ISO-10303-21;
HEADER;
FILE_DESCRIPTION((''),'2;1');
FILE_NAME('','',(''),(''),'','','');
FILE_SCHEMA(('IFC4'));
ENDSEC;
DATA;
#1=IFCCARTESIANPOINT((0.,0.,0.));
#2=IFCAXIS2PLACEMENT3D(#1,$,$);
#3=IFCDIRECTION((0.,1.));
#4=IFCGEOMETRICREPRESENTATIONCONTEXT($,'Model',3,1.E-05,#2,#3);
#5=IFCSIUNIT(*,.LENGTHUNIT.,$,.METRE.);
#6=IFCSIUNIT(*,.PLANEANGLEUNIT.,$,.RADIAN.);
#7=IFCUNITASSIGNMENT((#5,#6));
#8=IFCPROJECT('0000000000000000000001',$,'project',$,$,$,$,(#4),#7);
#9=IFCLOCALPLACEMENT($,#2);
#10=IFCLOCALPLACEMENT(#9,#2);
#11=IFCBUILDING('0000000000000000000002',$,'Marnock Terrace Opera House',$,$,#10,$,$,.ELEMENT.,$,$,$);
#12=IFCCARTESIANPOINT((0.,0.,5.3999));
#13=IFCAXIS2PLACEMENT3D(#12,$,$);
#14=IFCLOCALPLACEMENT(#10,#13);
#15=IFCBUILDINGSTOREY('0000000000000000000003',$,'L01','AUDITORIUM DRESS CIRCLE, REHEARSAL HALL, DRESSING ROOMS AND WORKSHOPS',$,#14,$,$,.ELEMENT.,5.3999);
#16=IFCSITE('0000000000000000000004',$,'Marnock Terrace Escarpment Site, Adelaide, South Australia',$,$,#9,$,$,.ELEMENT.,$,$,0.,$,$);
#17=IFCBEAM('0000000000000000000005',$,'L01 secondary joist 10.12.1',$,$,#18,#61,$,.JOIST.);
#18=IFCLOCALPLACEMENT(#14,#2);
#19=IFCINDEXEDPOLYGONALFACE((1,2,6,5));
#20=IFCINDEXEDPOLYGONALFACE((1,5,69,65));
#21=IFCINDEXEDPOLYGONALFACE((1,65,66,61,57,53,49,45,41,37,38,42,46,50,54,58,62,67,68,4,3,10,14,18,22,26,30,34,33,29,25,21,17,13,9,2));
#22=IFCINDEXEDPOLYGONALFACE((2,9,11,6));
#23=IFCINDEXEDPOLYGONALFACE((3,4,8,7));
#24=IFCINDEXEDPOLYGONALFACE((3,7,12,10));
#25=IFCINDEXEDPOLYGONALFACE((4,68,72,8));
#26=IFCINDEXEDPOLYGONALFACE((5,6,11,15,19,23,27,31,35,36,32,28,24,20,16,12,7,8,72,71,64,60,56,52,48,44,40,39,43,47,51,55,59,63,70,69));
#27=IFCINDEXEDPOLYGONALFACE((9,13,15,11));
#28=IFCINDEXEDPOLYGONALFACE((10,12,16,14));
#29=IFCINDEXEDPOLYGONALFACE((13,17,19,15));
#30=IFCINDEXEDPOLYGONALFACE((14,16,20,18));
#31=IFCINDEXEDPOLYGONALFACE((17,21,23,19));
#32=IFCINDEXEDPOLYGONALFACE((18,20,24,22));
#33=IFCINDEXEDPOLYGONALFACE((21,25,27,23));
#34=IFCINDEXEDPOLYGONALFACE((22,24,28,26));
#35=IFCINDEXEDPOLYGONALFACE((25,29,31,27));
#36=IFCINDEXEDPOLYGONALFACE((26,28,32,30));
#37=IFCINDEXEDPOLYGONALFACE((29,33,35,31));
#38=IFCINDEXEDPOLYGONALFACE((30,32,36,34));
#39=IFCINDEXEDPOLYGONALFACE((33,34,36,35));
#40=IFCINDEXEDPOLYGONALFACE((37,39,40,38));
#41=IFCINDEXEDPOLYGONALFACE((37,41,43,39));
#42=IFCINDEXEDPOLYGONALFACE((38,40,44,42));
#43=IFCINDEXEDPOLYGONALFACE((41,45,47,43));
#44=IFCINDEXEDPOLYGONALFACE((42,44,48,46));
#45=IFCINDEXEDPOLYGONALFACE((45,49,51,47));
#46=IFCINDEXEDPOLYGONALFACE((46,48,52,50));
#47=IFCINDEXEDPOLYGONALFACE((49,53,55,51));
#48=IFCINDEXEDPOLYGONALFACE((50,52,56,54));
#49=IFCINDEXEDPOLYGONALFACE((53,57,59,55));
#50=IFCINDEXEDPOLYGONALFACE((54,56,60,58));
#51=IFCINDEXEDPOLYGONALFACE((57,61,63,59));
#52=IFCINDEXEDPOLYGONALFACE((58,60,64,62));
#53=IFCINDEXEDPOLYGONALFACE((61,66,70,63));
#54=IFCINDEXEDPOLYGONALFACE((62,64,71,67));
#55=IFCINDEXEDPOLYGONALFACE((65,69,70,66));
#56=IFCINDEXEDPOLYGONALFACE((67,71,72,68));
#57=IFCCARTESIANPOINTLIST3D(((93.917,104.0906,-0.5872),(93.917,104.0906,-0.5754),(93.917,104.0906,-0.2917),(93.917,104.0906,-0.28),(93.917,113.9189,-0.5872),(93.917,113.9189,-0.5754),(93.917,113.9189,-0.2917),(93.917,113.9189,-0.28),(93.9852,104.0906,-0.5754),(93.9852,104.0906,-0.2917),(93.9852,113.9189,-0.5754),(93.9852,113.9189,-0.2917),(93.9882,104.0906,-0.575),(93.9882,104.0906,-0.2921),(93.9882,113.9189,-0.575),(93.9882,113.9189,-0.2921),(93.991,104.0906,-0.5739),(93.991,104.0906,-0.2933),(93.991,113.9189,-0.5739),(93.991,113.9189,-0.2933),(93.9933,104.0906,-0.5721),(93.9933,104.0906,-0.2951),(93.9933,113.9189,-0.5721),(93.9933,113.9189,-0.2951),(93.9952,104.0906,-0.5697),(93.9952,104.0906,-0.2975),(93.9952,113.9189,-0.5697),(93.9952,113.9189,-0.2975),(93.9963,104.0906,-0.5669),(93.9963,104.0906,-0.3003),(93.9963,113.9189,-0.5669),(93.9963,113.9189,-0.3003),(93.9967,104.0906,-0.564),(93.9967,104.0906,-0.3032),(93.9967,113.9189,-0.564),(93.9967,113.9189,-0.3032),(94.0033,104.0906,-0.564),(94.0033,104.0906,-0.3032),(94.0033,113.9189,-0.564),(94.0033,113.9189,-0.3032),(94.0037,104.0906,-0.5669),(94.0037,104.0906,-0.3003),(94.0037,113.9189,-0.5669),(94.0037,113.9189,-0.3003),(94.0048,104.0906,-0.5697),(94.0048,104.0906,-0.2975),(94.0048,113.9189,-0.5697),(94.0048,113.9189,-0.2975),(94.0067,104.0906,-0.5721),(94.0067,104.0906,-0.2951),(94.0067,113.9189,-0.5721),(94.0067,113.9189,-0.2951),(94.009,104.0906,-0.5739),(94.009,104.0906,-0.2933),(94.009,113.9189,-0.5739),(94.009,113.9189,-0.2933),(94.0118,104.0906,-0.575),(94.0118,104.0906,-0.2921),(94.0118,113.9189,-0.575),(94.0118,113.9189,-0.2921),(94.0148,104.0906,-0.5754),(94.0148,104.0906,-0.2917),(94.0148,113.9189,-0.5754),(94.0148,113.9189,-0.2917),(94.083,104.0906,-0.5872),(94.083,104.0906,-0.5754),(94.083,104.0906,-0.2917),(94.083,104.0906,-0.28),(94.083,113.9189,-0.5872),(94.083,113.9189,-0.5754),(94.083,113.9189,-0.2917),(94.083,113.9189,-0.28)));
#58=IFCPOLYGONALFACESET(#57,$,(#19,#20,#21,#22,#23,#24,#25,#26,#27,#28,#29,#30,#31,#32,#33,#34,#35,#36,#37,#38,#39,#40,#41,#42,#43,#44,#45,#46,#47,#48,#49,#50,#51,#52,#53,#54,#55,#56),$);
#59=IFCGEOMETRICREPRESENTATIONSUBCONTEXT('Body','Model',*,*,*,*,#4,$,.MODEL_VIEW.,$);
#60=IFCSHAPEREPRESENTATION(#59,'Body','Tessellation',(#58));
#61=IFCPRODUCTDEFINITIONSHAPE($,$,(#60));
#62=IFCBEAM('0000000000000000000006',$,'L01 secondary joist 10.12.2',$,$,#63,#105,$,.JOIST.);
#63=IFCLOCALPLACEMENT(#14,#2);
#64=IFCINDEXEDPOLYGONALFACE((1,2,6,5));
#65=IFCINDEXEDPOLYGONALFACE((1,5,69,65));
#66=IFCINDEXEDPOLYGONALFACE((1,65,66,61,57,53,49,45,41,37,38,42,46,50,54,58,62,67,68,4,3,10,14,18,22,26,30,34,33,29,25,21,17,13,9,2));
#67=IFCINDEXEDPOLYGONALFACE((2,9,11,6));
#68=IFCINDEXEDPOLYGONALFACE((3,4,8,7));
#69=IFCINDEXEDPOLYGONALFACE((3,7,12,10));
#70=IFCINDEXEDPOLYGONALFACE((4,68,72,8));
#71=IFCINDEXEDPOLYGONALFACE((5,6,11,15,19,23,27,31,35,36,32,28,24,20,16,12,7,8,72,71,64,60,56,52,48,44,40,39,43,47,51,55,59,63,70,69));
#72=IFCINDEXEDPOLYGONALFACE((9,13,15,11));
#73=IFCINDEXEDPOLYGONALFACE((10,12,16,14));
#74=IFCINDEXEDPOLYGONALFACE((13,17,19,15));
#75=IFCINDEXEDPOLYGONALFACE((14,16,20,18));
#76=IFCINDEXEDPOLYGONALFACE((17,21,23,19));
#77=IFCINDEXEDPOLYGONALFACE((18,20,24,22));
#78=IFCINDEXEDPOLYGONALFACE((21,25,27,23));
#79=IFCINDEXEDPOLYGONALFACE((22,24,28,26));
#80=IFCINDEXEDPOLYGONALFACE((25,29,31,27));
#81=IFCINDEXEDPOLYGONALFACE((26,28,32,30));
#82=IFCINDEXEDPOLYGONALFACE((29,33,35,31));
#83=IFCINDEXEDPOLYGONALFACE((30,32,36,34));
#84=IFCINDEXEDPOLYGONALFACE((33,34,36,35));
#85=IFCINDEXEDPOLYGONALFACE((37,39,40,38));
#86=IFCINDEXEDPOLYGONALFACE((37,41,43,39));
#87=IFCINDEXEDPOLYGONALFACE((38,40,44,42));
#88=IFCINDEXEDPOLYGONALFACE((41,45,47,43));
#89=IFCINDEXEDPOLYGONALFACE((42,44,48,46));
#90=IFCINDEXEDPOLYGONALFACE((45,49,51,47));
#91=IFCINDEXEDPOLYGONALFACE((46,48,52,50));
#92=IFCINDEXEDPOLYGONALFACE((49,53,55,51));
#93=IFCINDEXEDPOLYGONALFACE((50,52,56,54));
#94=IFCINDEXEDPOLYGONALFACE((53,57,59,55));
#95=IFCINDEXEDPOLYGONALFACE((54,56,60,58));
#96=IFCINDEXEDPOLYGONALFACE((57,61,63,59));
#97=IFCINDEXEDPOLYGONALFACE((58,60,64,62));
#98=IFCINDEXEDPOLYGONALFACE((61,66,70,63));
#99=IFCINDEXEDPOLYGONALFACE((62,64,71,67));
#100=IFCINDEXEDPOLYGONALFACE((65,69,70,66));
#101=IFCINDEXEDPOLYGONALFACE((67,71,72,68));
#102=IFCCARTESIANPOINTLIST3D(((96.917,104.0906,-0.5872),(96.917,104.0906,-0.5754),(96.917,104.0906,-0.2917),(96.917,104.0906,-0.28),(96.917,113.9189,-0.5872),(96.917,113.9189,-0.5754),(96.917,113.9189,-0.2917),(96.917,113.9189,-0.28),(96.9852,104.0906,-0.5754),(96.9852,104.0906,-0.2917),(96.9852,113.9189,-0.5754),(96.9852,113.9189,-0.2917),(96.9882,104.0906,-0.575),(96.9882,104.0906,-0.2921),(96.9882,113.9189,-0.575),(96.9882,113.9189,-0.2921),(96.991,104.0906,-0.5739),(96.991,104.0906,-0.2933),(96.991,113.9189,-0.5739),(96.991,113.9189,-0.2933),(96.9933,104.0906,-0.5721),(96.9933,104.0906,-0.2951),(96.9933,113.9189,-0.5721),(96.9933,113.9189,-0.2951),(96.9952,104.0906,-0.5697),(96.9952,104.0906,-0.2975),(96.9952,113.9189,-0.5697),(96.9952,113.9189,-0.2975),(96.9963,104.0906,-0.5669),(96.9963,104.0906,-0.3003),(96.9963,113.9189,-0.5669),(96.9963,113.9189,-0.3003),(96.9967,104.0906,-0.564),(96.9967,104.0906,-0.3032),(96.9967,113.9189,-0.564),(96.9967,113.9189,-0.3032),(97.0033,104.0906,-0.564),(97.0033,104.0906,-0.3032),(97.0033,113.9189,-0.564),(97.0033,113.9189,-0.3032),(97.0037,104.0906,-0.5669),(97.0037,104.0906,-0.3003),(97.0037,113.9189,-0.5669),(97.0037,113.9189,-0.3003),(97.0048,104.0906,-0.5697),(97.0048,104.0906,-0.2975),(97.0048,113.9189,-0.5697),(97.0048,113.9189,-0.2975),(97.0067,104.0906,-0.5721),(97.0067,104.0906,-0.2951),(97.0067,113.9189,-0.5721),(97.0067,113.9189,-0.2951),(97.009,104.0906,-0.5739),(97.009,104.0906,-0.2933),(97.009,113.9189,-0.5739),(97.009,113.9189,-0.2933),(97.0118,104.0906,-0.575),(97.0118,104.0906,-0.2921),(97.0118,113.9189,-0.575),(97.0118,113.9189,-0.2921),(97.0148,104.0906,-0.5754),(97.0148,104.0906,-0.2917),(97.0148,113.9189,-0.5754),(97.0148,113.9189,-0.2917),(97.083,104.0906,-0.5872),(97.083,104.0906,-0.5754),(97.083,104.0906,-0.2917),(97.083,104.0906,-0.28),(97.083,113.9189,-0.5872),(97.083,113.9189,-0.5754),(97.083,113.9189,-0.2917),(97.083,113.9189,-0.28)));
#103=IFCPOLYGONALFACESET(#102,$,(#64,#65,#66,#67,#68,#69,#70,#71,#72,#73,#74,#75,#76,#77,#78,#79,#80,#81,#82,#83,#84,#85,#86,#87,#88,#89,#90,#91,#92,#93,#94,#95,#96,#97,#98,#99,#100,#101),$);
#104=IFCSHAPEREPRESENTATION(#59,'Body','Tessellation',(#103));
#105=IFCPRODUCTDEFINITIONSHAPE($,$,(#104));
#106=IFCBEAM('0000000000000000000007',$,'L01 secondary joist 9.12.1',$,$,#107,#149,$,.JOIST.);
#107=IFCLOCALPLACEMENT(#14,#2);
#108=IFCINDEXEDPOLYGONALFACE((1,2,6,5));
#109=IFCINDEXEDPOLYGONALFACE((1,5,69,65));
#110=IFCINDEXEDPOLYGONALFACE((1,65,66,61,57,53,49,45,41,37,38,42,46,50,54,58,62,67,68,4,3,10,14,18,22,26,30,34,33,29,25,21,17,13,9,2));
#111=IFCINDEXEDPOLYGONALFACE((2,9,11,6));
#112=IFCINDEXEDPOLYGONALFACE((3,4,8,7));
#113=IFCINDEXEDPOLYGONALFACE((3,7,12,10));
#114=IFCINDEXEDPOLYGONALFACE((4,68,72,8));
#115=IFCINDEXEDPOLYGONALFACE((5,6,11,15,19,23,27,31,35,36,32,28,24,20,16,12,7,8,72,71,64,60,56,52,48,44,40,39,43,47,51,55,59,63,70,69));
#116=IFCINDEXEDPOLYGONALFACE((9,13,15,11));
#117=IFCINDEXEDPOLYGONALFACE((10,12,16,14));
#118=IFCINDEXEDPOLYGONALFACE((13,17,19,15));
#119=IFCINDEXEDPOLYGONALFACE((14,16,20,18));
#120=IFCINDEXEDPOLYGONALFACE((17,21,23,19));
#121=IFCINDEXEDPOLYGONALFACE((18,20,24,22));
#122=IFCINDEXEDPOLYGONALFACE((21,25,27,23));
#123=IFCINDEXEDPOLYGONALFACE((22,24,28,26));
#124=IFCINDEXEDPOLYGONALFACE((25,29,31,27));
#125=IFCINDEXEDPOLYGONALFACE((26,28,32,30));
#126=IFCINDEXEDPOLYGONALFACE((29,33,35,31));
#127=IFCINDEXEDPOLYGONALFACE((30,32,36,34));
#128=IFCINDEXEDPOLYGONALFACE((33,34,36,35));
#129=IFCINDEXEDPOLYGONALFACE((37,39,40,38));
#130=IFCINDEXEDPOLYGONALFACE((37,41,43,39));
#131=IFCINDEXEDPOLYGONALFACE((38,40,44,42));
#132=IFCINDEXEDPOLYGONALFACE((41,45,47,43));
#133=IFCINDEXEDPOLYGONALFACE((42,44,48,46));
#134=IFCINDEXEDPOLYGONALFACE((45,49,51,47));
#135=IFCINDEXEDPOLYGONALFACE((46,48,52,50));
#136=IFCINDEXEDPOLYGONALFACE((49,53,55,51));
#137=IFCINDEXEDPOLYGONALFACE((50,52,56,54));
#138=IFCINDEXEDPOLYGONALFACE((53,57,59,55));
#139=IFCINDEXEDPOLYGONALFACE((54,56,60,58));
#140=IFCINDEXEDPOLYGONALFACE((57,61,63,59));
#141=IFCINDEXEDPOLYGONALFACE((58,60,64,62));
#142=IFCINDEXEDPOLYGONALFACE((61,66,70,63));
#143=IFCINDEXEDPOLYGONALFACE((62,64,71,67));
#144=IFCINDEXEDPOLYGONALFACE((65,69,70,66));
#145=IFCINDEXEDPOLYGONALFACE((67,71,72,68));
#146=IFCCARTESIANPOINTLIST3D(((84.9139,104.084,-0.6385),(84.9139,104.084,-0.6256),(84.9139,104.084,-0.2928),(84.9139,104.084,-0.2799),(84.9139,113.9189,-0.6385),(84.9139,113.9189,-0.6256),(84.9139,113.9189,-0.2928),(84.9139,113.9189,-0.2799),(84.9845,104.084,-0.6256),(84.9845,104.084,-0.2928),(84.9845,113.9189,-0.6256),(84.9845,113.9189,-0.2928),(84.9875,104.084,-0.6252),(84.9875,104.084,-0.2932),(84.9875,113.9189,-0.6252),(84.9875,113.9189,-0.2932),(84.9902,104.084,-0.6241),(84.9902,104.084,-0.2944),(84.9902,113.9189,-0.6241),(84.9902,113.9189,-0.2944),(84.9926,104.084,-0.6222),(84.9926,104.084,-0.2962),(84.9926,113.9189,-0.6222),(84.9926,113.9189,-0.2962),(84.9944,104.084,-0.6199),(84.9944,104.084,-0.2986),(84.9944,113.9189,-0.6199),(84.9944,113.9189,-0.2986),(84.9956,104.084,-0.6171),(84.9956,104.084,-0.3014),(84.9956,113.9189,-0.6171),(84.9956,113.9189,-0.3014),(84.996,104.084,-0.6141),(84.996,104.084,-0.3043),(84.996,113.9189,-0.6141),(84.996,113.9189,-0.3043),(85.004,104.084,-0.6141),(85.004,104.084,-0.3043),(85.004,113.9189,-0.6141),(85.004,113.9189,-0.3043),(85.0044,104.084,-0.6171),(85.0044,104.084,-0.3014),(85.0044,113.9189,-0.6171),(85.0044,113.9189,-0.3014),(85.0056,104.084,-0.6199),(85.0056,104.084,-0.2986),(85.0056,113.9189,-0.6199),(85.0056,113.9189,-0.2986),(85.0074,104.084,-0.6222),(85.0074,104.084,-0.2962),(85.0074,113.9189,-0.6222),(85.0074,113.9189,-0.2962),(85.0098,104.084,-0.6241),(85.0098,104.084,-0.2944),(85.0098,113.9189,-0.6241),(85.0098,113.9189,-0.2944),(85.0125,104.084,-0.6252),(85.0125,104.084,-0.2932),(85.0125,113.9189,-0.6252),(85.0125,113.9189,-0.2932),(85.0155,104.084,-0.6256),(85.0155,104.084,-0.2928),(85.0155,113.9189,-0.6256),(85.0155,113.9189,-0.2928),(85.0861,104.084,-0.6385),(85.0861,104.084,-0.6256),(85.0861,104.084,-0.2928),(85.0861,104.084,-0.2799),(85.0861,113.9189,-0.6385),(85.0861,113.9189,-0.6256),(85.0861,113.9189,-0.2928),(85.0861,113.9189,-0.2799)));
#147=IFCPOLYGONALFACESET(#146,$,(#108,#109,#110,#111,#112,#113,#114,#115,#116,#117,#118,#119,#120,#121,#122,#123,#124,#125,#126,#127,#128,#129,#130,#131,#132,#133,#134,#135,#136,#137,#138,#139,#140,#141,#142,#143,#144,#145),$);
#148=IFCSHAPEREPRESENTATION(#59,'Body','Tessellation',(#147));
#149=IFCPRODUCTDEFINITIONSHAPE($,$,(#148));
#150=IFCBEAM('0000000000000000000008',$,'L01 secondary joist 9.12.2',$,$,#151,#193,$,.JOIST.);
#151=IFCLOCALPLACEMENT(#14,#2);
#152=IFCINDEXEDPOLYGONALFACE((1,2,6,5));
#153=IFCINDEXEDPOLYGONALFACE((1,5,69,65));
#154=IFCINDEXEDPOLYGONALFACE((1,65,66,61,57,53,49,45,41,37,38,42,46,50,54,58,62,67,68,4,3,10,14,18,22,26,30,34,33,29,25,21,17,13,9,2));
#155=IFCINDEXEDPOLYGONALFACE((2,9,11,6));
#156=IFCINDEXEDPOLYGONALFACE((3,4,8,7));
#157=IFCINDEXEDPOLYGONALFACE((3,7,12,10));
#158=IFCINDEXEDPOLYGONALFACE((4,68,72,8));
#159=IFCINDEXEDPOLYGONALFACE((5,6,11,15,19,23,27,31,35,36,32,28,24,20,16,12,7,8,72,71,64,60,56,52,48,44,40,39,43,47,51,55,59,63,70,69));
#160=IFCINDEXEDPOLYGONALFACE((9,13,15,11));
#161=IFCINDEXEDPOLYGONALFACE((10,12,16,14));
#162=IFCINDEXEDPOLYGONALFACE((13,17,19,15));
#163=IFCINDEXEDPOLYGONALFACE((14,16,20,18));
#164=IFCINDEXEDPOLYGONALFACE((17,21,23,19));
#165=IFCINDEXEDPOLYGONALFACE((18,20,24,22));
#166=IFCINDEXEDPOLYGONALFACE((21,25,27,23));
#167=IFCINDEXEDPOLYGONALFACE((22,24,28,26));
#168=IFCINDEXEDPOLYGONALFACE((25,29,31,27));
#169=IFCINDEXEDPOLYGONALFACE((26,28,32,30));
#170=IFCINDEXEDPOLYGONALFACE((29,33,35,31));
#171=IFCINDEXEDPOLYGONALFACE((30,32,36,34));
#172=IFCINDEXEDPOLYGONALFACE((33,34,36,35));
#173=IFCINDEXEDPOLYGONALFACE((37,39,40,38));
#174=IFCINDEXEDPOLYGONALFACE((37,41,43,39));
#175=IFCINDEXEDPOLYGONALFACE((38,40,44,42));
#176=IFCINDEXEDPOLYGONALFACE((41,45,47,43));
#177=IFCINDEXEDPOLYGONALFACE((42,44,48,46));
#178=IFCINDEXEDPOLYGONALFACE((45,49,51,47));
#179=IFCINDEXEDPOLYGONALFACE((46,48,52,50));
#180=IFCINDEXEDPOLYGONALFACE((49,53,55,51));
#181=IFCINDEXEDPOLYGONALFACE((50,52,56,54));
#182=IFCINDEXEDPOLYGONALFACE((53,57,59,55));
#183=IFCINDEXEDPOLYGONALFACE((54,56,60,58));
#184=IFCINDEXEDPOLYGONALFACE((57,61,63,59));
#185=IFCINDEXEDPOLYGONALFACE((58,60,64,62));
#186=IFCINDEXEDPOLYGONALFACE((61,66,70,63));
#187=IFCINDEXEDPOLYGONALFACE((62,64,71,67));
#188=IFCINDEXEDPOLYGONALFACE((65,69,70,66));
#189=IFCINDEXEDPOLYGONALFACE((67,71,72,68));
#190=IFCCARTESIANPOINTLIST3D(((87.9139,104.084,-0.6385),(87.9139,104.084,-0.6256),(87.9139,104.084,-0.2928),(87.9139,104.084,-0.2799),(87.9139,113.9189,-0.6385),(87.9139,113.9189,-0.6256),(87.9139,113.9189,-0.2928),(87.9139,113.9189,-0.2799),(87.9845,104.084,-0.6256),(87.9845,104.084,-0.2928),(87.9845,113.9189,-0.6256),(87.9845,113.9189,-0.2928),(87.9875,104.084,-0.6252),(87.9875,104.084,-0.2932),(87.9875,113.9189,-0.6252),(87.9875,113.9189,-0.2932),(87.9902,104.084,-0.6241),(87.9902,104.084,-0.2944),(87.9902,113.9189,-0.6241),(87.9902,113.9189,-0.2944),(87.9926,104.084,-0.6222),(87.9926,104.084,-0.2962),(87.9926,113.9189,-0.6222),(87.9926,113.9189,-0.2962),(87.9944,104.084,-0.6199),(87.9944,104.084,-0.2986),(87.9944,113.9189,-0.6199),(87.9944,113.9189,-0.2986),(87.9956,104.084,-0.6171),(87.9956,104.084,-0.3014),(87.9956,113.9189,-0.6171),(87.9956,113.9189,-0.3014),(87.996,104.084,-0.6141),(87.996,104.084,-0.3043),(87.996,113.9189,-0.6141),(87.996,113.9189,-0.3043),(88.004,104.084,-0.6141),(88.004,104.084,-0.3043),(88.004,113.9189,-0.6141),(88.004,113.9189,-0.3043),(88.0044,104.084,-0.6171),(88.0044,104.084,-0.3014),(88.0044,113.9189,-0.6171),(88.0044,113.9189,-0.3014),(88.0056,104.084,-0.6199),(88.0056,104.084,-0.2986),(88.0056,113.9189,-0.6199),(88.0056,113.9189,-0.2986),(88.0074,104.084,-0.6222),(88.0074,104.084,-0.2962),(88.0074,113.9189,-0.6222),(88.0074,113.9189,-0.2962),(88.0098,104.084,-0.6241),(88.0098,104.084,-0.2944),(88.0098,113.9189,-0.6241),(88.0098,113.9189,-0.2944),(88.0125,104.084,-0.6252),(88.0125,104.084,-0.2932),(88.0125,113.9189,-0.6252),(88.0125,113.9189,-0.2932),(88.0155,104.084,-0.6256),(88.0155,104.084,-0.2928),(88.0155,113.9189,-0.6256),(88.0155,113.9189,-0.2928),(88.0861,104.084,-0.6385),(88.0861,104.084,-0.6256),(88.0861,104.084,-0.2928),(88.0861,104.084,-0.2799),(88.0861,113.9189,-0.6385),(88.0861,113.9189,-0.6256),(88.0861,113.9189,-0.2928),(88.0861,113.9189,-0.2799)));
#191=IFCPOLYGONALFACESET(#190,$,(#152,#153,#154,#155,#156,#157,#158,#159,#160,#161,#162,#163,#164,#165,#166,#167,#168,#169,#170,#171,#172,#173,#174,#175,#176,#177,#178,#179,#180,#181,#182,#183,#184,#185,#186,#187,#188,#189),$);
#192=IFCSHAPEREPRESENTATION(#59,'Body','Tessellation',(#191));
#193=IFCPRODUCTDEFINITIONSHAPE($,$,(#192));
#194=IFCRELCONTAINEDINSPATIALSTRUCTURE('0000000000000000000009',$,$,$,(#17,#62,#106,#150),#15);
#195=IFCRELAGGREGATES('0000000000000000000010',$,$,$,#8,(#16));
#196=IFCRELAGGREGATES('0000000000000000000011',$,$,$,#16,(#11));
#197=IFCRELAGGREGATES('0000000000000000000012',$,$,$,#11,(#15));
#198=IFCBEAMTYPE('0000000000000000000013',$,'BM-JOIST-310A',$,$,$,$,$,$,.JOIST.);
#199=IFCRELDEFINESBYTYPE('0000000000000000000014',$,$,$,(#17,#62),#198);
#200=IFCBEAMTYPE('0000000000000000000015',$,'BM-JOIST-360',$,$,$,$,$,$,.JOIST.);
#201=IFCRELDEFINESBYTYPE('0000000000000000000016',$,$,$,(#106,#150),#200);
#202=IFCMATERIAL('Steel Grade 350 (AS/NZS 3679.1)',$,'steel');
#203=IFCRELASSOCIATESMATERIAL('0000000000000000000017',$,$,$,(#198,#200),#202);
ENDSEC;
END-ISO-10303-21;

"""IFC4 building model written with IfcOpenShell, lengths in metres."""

from ifc_helpers import new_model, si_unit, direction, frame, origin, origin_2d, place, context, subcontext, project, spatial, i_section, extrude, material, material_profile, profile_set, type_object, element, save


model = new_model("IFC4")

# Units and contexts
model_context = context("Model", 3, precision=1e-05, world=origin(), true_north=direction((0.0, 1.0)))
body_context = subcontext(model_context, "Body", "Model", "MODEL_VIEW")
ifc_project = project(units=[si_unit("LENGTHUNIT", "METRE"), si_unit("PLANEANGLEUNIT", "RADIAN")], contexts=[model_context])

# Site, building, storey
site_placement = place(None, origin())
site = spatial("IfcSite", under=ifc_project, at=site_placement, Name="Marnock Terrace Escarpment Site, Adelaide, South Australia", CompositionType="ELEMENT", RefElevation=0.0)
building_placement = place(site_placement, origin())
building = spatial("IfcBuilding", under=site, at=building_placement, Name="Marnock Terrace Opera House", CompositionType="ELEMENT")
storey_placement = place(building_placement, frame((0.0, 0.0, 5.3999)))
storey = spatial("IfcBuildingStorey", under=building, at=storey_placement, Name="L01", Description="AUDITORIUM DRESS CIRCLE, REHEARSAL HALL, DRESSING ROOMS AND WORKSHOPS", CompositionType="ELEMENT", Elevation=5.3999)

# Beams
ifc_material_1 = material(Name="Steel Grade 350 (AS/NZS 3679.1)", Category="steel")
ifc_material_profile_1 = material_profile(ifc_material_1, i_section(OverallWidth=0.166, OverallDepth=0.3071, WebThickness=0.0066, FlangeThickness=0.0117, FilletRadius=0.0115, at=origin_2d()))
ifc_profile_set_1 = profile_set([ifc_material_profile_1], Name="Steel Grade 350 (AS/NZS 3679.1)")
beam_type_1 = type_object("IfcBeamType", Name="BM-JOIST-310A", PredefinedType="JOIST", material=ifc_profile_set_1)
for number, where, z_axis, x_axis, name in (
    (1, (94.0, 104.0906, -0.4336), (0.0, 1.0, 0.0), (-1.0, 0.0, 0.0), "L01 secondary joist 10.12.1"),
    (2, (97.0, 104.0906, -0.4336), (0.0, 1.0, 0.0), (-1.0, 0.0, 0.0), "L01 secondary joist 10.12.2"),
):
    element("IfcBeam", number, at=place(storey_placement, frame(where, z_axis=z_axis, x_axis=x_axis)), inside=storey, type_object=beam_type_1, Name=name, PredefinedType="JOIST", context=body_context, shape_type="SweptSolid", body=[
        extrude(i_section(OverallWidth=0.166, OverallDepth=0.3071, WebThickness=0.0066, FlangeThickness=0.0117, FilletRadius=0.0115, at=origin_2d()), origin(), (0.0, 0.0, 1.0), 9.8284),
    ])
ifc_material_profile_2 = material_profile(ifc_material_1, i_section(OverallWidth=0.1721, OverallDepth=0.3586, WebThickness=0.0081, FlangeThickness=0.0129, FilletRadius=0.0115, at=origin_2d()))
ifc_profile_set_2 = profile_set([ifc_material_profile_2], Name="Steel Grade 350 (AS/NZS 3679.1)")
beam_type_2 = type_object("IfcBeamType", Name="BM-JOIST-360", PredefinedType="JOIST", material=ifc_profile_set_2)
for number, where, z_axis, x_axis, name in (
    (3, (85.0, 104.084, -0.4592), (0.0, 1.0, 0.0), (-1.0, 0.0, 0.0), "L01 secondary joist 9.12.1"),
    (4, (88.0, 104.084, -0.4592), (0.0, 1.0, 0.0), (-1.0, 0.0, 0.0), "L01 secondary joist 9.12.2"),
):
    element("IfcBeam", number, at=place(storey_placement, frame(where, z_axis=z_axis, x_axis=x_axis)), inside=storey, type_object=beam_type_2, Name=name, PredefinedType="JOIST", context=body_context, shape_type="SweptSolid", body=[
        extrude(i_section(OverallWidth=0.1721, OverallDepth=0.3586, WebThickness=0.0081, FlangeThickness=0.0129, FilletRadius=0.0115, at=origin_2d()), origin(), (0.0, 0.0, 1.0), 9.835),
    ])

save(model, "model.ifc")
